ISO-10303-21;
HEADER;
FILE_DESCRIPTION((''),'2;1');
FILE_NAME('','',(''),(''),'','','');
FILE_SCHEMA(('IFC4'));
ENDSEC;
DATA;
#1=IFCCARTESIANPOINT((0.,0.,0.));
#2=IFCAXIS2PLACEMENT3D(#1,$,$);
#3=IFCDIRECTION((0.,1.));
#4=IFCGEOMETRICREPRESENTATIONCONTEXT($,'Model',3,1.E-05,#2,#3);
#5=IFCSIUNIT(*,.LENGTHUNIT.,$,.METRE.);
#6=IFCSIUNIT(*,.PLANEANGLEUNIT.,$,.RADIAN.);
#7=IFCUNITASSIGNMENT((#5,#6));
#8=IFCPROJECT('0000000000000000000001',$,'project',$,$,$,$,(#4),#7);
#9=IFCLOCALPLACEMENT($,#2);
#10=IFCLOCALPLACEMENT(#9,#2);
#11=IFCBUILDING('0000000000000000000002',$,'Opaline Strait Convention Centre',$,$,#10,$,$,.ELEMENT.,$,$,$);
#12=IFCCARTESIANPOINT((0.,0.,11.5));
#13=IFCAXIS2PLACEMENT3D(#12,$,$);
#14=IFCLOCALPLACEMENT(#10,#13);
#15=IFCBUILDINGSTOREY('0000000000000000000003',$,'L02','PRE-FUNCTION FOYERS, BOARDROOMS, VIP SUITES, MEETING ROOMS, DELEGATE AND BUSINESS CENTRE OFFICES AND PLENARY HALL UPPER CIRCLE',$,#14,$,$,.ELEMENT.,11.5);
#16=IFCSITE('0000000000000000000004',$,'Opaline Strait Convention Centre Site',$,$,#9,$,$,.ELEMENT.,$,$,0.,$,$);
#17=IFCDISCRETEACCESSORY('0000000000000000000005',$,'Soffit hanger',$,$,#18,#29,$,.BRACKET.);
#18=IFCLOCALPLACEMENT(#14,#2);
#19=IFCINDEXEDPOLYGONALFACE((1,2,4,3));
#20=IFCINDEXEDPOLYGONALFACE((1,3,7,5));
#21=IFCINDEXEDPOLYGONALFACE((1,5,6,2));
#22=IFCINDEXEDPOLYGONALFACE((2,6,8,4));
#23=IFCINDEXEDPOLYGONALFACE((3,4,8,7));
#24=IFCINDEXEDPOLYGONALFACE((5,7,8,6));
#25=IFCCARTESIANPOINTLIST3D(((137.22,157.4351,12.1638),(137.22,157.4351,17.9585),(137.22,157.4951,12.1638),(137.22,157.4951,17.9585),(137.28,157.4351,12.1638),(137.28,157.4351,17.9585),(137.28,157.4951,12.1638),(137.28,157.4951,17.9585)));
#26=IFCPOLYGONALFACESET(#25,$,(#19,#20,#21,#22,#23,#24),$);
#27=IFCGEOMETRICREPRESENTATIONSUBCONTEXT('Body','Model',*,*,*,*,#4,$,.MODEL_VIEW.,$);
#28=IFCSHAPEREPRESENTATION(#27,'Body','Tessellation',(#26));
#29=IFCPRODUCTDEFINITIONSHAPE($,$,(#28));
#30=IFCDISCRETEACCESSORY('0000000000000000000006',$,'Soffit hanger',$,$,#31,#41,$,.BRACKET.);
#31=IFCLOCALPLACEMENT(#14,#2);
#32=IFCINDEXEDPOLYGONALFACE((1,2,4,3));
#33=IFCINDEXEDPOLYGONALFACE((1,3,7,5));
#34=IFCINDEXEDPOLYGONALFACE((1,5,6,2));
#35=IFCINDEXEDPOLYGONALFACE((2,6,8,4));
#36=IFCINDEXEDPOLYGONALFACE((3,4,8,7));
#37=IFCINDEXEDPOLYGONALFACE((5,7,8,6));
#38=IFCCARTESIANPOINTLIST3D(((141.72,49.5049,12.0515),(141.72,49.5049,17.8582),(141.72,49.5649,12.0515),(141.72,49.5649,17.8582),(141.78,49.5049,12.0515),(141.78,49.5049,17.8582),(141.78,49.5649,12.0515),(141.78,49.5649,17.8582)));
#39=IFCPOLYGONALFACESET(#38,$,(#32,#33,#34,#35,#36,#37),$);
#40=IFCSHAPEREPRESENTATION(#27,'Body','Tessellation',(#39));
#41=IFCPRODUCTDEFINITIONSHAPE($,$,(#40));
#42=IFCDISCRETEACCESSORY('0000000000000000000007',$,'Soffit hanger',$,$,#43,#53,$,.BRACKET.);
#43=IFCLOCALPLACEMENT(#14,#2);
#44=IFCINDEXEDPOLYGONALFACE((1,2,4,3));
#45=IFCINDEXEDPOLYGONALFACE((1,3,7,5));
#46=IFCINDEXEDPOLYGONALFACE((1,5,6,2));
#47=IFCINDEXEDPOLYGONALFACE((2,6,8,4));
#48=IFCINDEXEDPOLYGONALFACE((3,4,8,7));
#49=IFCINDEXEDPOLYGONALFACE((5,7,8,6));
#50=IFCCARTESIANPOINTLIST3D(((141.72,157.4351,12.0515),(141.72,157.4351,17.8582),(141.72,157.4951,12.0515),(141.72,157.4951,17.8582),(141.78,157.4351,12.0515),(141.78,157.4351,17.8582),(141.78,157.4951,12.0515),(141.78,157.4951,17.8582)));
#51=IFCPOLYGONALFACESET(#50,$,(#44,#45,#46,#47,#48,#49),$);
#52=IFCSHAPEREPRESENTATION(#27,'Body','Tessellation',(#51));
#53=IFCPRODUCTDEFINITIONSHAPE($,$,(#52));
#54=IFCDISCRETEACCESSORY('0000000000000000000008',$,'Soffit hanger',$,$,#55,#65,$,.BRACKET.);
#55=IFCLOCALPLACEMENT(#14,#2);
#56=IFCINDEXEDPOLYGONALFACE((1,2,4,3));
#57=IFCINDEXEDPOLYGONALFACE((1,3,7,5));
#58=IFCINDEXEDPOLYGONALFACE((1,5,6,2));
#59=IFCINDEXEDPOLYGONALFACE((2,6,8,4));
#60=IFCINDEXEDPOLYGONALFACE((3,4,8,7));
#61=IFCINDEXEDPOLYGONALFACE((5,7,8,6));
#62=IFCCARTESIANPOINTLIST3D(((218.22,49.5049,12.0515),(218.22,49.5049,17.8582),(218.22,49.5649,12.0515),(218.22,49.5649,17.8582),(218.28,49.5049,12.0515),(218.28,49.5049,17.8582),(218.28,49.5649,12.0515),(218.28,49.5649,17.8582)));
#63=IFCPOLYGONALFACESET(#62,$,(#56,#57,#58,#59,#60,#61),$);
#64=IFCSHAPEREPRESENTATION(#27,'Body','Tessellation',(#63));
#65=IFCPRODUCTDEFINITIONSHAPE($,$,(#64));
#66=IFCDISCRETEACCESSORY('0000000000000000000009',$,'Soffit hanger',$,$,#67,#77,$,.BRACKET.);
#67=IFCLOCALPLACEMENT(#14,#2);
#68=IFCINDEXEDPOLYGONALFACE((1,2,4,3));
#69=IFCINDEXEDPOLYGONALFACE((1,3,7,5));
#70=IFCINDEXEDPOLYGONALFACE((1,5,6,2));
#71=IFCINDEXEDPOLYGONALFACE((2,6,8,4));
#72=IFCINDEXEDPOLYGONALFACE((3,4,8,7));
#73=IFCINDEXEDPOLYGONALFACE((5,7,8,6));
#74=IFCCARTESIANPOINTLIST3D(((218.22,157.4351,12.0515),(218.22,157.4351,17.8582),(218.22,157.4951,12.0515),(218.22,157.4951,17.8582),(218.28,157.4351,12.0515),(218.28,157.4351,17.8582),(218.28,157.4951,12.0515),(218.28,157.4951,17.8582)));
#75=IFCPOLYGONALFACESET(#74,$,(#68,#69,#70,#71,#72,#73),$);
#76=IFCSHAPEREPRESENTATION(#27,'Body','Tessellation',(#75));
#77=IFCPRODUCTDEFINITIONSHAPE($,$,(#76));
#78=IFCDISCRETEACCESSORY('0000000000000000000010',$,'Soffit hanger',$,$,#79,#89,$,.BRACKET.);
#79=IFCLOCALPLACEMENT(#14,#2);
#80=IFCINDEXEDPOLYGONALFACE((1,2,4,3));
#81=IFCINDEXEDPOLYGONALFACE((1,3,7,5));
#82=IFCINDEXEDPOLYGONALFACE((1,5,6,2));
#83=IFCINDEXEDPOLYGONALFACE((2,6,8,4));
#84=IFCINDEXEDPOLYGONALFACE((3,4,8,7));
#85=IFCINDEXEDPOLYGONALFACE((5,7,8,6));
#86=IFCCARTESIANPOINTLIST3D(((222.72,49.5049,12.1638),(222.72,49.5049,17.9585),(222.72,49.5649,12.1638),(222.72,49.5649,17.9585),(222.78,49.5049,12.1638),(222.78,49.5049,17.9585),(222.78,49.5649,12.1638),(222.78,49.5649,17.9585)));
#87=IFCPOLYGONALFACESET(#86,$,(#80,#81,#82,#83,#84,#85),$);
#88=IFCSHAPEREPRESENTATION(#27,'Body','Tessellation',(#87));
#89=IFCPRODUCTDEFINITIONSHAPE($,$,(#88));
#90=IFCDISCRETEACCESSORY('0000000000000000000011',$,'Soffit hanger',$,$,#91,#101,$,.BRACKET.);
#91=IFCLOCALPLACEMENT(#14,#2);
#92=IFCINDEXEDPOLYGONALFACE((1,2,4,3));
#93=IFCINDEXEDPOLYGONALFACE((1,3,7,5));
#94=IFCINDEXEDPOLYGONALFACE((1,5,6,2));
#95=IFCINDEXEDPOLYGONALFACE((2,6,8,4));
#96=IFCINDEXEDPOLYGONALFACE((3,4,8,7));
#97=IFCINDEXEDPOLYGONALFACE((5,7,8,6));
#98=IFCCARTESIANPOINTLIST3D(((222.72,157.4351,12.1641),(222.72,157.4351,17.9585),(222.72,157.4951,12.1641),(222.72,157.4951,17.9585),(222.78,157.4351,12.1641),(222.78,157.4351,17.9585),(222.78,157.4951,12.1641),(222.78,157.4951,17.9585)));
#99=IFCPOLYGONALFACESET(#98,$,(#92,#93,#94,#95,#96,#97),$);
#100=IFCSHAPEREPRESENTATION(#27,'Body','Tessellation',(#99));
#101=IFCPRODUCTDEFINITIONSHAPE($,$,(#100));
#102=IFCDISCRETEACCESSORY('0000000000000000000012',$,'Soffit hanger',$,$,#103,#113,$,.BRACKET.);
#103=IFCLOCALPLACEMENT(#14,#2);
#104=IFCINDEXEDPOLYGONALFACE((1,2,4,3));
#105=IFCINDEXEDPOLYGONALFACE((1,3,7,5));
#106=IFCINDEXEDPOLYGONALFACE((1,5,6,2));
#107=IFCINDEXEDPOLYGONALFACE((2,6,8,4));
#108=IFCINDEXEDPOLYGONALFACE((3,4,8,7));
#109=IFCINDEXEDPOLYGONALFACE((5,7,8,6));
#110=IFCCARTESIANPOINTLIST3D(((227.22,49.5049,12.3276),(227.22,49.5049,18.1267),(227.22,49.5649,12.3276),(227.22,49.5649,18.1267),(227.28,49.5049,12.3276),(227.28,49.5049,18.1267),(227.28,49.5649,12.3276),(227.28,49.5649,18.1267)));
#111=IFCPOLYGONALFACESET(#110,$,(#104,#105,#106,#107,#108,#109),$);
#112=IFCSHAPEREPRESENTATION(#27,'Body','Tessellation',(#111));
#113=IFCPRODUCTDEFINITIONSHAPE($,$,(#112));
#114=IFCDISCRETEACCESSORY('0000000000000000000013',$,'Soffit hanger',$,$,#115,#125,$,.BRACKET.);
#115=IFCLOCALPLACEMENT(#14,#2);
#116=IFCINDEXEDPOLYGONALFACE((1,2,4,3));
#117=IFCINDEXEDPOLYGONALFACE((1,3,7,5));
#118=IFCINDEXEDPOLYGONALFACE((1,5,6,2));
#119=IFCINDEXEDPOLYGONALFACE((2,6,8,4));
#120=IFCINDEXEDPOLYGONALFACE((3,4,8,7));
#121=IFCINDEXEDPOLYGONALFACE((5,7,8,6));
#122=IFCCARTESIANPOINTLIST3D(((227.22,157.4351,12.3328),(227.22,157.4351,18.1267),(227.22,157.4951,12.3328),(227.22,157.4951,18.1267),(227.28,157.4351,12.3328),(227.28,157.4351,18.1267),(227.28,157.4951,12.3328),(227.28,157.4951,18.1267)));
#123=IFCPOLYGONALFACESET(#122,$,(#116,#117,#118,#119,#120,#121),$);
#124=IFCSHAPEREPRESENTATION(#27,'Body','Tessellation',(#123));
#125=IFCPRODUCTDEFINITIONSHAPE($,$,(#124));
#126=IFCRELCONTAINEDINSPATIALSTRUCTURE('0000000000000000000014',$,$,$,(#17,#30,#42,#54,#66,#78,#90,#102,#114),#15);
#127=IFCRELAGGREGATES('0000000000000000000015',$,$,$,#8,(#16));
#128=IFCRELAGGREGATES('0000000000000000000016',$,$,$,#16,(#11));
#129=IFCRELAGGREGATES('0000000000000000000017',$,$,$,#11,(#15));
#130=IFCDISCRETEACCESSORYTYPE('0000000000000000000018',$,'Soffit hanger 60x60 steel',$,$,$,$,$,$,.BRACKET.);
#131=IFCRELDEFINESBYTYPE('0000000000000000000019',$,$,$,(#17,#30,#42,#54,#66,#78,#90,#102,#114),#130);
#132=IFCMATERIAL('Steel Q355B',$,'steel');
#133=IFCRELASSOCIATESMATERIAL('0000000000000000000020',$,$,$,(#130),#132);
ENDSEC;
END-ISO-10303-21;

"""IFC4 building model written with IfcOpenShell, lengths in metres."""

from ifc_helpers import new_model, si_unit, direction, frame, origin, place, context, subcontext, project, spatial, polyline, outline, extrude, material, type_object, element, save


model = new_model("IFC4")

# Units and contexts
model_context = context("Model", 3, precision=1e-05, world=origin(), true_north=direction((0.0, 1.0)))
body_context = subcontext(model_context, "Body", "Model", "MODEL_VIEW")
ifc_project = project(units=[si_unit("LENGTHUNIT", "METRE"), si_unit("PLANEANGLEUNIT", "RADIAN")], contexts=[model_context])

# Site, building, storey
site_placement = place(None, origin())
site = spatial("IfcSite", under=ifc_project, at=site_placement, Name="Opaline Strait Convention Centre Site", CompositionType="ELEMENT", RefElevation=0.0)
building_placement = place(site_placement, origin())
building = spatial("IfcBuilding", under=site, at=building_placement, Name="Opaline Strait Convention Centre", CompositionType="ELEMENT")
storey_placement = place(building_placement, frame((0.0, 0.0, 11.5)))
storey = spatial("IfcBuildingStorey", under=building, at=storey_placement, Name="L02", Description="PRE-FUNCTION FOYERS, BOARDROOMS, VIP SUITES, MEETING ROOMS, DELEGATE AND BUSINESS CENTRE OFFICES AND PLENARY HALL UPPER CIRCLE", CompositionType="ELEMENT", Elevation=11.5)

# Discrete accessories
ifc_material = material(Name="Steel Q355B", Category="steel")
discrete_accessory_type = type_object("IfcDiscreteAccessoryType", Name="Soffit hanger 60x60 steel", PredefinedType="BRACKET", material=ifc_material)
discrete_accessory_1_placement = place(storey_placement, frame((0.0, 0.0, 12.1638)))
element("IfcDiscreteAccessory", 1, at=discrete_accessory_1_placement, inside=storey, type_object=discrete_accessory_type, Name="Soffit hanger", PredefinedType="BRACKET", context=body_context, shape_type="SweptSolid", body=[
    extrude(outline(polyline([(137.22, 157.4351), (137.28, 157.4351), (137.28, 157.4951), (137.22, 157.4951), (137.22, 157.4351)])), origin(), (0.0, 0.0, 1.0), 5.7947),
])
discrete_accessory_2_placement = place(storey_placement, frame((0.0, 0.0, 12.0515)))
element("IfcDiscreteAccessory", 2, at=discrete_accessory_2_placement, inside=storey, type_object=discrete_accessory_type, Name="Soffit hanger", PredefinedType="BRACKET", context=body_context, shape_type="SweptSolid", body=[
    extrude(outline(polyline([(141.72, 49.5049), (141.78, 49.5049), (141.78, 49.5649), (141.72, 49.5649), (141.72, 49.5049)])), origin(), (0.0, 0.0, 1.0), 5.8066),
])
discrete_accessory_3_placement = place(storey_placement, frame((0.0, 0.0, 12.0515)))
element("IfcDiscreteAccessory", 3, at=discrete_accessory_3_placement, inside=storey, type_object=discrete_accessory_type, Name="Soffit hanger", PredefinedType="BRACKET", context=body_context, shape_type="SweptSolid", body=[
    extrude(outline(polyline([(141.72, 157.4351), (141.78, 157.4351), (141.78, 157.4951), (141.72, 157.4951), (141.72, 157.4351)])), origin(), (0.0, 0.0, 1.0), 5.8066),
])
discrete_accessory_4_placement = place(storey_placement, frame((0.0, 0.0, 12.0515)))
element("IfcDiscreteAccessory", 4, at=discrete_accessory_4_placement, inside=storey, type_object=discrete_accessory_type, Name="Soffit hanger", PredefinedType="BRACKET", context=body_context, shape_type="SweptSolid", body=[
    extrude(outline(polyline([(218.22, 49.5049), (218.28, 49.5049), (218.28, 49.5649), (218.22, 49.5649), (218.22, 49.5049)])), origin(), (0.0, 0.0, 1.0), 5.8066),
])
discrete_accessory_5_placement = place(storey_placement, frame((0.0, 0.0, 12.0515)))
element("IfcDiscreteAccessory", 5, at=discrete_accessory_5_placement, inside=storey, type_object=discrete_accessory_type, Name="Soffit hanger", PredefinedType="BRACKET", context=body_context, shape_type="SweptSolid", body=[
    extrude(outline(polyline([(218.22, 157.4351), (218.28, 157.4351), (218.28, 157.4951), (218.22, 157.4951), (218.22, 157.4351)])), origin(), (0.0, 0.0, 1.0), 5.8066),
])
discrete_accessory_6_placement = place(storey_placement, frame((0.0, 0.0, 12.1638)))
element("IfcDiscreteAccessory", 6, at=discrete_accessory_6_placement, inside=storey, type_object=discrete_accessory_type, Name="Soffit hanger", PredefinedType="BRACKET", context=body_context, shape_type="SweptSolid", body=[
    extrude(outline(polyline([(222.72, 49.5049), (222.78, 49.5049), (222.78, 49.5649), (222.72, 49.5649), (222.72, 49.5049)])), origin(), (0.0, 0.0, 1.0), 5.7947),
])
discrete_accessory_7_placement = place(storey_placement, frame((0.0, 0.0, 12.1641)))
element("IfcDiscreteAccessory", 7, at=discrete_accessory_7_placement, inside=storey, type_object=discrete_accessory_type, Name="Soffit hanger", PredefinedType="BRACKET", context=body_context, shape_type="SweptSolid", body=[
    extrude(outline(polyline([(222.72, 157.4351), (222.78, 157.4351), (222.78, 157.4951), (222.72, 157.4951), (222.72, 157.4351)])), origin(), (0.0, 0.0, 1.0), 5.7944),
])
discrete_accessory_8_placement = place(storey_placement, frame((0.0, 0.0, 12.3276)))
element("IfcDiscreteAccessory", 8, at=discrete_accessory_8_placement, inside=storey, type_object=discrete_accessory_type, Name="Soffit hanger", PredefinedType="BRACKET", context=body_context, shape_type="SweptSolid", body=[
    extrude(outline(polyline([(227.22, 49.5049), (227.28, 49.5049), (227.28, 49.5649), (227.22, 49.5649), (227.22, 49.5049)])), origin(), (0.0, 0.0, 1.0), 5.7991),
])
discrete_accessory_9_placement = place(storey_placement, frame((0.0, 0.0, 12.3328)))
element("IfcDiscreteAccessory", 9, at=discrete_accessory_9_placement, inside=storey, type_object=discrete_accessory_type, Name="Soffit hanger", PredefinedType="BRACKET", context=body_context, shape_type="SweptSolid", body=[
    extrude(outline(polyline([(227.22, 157.4351), (227.28, 157.4351), (227.28, 157.4951), (227.22, 157.4951), (227.22, 157.4351)])), origin(), (0.0, 0.0, 1.0), 5.7939),
])

save(model, "model.ifc")
